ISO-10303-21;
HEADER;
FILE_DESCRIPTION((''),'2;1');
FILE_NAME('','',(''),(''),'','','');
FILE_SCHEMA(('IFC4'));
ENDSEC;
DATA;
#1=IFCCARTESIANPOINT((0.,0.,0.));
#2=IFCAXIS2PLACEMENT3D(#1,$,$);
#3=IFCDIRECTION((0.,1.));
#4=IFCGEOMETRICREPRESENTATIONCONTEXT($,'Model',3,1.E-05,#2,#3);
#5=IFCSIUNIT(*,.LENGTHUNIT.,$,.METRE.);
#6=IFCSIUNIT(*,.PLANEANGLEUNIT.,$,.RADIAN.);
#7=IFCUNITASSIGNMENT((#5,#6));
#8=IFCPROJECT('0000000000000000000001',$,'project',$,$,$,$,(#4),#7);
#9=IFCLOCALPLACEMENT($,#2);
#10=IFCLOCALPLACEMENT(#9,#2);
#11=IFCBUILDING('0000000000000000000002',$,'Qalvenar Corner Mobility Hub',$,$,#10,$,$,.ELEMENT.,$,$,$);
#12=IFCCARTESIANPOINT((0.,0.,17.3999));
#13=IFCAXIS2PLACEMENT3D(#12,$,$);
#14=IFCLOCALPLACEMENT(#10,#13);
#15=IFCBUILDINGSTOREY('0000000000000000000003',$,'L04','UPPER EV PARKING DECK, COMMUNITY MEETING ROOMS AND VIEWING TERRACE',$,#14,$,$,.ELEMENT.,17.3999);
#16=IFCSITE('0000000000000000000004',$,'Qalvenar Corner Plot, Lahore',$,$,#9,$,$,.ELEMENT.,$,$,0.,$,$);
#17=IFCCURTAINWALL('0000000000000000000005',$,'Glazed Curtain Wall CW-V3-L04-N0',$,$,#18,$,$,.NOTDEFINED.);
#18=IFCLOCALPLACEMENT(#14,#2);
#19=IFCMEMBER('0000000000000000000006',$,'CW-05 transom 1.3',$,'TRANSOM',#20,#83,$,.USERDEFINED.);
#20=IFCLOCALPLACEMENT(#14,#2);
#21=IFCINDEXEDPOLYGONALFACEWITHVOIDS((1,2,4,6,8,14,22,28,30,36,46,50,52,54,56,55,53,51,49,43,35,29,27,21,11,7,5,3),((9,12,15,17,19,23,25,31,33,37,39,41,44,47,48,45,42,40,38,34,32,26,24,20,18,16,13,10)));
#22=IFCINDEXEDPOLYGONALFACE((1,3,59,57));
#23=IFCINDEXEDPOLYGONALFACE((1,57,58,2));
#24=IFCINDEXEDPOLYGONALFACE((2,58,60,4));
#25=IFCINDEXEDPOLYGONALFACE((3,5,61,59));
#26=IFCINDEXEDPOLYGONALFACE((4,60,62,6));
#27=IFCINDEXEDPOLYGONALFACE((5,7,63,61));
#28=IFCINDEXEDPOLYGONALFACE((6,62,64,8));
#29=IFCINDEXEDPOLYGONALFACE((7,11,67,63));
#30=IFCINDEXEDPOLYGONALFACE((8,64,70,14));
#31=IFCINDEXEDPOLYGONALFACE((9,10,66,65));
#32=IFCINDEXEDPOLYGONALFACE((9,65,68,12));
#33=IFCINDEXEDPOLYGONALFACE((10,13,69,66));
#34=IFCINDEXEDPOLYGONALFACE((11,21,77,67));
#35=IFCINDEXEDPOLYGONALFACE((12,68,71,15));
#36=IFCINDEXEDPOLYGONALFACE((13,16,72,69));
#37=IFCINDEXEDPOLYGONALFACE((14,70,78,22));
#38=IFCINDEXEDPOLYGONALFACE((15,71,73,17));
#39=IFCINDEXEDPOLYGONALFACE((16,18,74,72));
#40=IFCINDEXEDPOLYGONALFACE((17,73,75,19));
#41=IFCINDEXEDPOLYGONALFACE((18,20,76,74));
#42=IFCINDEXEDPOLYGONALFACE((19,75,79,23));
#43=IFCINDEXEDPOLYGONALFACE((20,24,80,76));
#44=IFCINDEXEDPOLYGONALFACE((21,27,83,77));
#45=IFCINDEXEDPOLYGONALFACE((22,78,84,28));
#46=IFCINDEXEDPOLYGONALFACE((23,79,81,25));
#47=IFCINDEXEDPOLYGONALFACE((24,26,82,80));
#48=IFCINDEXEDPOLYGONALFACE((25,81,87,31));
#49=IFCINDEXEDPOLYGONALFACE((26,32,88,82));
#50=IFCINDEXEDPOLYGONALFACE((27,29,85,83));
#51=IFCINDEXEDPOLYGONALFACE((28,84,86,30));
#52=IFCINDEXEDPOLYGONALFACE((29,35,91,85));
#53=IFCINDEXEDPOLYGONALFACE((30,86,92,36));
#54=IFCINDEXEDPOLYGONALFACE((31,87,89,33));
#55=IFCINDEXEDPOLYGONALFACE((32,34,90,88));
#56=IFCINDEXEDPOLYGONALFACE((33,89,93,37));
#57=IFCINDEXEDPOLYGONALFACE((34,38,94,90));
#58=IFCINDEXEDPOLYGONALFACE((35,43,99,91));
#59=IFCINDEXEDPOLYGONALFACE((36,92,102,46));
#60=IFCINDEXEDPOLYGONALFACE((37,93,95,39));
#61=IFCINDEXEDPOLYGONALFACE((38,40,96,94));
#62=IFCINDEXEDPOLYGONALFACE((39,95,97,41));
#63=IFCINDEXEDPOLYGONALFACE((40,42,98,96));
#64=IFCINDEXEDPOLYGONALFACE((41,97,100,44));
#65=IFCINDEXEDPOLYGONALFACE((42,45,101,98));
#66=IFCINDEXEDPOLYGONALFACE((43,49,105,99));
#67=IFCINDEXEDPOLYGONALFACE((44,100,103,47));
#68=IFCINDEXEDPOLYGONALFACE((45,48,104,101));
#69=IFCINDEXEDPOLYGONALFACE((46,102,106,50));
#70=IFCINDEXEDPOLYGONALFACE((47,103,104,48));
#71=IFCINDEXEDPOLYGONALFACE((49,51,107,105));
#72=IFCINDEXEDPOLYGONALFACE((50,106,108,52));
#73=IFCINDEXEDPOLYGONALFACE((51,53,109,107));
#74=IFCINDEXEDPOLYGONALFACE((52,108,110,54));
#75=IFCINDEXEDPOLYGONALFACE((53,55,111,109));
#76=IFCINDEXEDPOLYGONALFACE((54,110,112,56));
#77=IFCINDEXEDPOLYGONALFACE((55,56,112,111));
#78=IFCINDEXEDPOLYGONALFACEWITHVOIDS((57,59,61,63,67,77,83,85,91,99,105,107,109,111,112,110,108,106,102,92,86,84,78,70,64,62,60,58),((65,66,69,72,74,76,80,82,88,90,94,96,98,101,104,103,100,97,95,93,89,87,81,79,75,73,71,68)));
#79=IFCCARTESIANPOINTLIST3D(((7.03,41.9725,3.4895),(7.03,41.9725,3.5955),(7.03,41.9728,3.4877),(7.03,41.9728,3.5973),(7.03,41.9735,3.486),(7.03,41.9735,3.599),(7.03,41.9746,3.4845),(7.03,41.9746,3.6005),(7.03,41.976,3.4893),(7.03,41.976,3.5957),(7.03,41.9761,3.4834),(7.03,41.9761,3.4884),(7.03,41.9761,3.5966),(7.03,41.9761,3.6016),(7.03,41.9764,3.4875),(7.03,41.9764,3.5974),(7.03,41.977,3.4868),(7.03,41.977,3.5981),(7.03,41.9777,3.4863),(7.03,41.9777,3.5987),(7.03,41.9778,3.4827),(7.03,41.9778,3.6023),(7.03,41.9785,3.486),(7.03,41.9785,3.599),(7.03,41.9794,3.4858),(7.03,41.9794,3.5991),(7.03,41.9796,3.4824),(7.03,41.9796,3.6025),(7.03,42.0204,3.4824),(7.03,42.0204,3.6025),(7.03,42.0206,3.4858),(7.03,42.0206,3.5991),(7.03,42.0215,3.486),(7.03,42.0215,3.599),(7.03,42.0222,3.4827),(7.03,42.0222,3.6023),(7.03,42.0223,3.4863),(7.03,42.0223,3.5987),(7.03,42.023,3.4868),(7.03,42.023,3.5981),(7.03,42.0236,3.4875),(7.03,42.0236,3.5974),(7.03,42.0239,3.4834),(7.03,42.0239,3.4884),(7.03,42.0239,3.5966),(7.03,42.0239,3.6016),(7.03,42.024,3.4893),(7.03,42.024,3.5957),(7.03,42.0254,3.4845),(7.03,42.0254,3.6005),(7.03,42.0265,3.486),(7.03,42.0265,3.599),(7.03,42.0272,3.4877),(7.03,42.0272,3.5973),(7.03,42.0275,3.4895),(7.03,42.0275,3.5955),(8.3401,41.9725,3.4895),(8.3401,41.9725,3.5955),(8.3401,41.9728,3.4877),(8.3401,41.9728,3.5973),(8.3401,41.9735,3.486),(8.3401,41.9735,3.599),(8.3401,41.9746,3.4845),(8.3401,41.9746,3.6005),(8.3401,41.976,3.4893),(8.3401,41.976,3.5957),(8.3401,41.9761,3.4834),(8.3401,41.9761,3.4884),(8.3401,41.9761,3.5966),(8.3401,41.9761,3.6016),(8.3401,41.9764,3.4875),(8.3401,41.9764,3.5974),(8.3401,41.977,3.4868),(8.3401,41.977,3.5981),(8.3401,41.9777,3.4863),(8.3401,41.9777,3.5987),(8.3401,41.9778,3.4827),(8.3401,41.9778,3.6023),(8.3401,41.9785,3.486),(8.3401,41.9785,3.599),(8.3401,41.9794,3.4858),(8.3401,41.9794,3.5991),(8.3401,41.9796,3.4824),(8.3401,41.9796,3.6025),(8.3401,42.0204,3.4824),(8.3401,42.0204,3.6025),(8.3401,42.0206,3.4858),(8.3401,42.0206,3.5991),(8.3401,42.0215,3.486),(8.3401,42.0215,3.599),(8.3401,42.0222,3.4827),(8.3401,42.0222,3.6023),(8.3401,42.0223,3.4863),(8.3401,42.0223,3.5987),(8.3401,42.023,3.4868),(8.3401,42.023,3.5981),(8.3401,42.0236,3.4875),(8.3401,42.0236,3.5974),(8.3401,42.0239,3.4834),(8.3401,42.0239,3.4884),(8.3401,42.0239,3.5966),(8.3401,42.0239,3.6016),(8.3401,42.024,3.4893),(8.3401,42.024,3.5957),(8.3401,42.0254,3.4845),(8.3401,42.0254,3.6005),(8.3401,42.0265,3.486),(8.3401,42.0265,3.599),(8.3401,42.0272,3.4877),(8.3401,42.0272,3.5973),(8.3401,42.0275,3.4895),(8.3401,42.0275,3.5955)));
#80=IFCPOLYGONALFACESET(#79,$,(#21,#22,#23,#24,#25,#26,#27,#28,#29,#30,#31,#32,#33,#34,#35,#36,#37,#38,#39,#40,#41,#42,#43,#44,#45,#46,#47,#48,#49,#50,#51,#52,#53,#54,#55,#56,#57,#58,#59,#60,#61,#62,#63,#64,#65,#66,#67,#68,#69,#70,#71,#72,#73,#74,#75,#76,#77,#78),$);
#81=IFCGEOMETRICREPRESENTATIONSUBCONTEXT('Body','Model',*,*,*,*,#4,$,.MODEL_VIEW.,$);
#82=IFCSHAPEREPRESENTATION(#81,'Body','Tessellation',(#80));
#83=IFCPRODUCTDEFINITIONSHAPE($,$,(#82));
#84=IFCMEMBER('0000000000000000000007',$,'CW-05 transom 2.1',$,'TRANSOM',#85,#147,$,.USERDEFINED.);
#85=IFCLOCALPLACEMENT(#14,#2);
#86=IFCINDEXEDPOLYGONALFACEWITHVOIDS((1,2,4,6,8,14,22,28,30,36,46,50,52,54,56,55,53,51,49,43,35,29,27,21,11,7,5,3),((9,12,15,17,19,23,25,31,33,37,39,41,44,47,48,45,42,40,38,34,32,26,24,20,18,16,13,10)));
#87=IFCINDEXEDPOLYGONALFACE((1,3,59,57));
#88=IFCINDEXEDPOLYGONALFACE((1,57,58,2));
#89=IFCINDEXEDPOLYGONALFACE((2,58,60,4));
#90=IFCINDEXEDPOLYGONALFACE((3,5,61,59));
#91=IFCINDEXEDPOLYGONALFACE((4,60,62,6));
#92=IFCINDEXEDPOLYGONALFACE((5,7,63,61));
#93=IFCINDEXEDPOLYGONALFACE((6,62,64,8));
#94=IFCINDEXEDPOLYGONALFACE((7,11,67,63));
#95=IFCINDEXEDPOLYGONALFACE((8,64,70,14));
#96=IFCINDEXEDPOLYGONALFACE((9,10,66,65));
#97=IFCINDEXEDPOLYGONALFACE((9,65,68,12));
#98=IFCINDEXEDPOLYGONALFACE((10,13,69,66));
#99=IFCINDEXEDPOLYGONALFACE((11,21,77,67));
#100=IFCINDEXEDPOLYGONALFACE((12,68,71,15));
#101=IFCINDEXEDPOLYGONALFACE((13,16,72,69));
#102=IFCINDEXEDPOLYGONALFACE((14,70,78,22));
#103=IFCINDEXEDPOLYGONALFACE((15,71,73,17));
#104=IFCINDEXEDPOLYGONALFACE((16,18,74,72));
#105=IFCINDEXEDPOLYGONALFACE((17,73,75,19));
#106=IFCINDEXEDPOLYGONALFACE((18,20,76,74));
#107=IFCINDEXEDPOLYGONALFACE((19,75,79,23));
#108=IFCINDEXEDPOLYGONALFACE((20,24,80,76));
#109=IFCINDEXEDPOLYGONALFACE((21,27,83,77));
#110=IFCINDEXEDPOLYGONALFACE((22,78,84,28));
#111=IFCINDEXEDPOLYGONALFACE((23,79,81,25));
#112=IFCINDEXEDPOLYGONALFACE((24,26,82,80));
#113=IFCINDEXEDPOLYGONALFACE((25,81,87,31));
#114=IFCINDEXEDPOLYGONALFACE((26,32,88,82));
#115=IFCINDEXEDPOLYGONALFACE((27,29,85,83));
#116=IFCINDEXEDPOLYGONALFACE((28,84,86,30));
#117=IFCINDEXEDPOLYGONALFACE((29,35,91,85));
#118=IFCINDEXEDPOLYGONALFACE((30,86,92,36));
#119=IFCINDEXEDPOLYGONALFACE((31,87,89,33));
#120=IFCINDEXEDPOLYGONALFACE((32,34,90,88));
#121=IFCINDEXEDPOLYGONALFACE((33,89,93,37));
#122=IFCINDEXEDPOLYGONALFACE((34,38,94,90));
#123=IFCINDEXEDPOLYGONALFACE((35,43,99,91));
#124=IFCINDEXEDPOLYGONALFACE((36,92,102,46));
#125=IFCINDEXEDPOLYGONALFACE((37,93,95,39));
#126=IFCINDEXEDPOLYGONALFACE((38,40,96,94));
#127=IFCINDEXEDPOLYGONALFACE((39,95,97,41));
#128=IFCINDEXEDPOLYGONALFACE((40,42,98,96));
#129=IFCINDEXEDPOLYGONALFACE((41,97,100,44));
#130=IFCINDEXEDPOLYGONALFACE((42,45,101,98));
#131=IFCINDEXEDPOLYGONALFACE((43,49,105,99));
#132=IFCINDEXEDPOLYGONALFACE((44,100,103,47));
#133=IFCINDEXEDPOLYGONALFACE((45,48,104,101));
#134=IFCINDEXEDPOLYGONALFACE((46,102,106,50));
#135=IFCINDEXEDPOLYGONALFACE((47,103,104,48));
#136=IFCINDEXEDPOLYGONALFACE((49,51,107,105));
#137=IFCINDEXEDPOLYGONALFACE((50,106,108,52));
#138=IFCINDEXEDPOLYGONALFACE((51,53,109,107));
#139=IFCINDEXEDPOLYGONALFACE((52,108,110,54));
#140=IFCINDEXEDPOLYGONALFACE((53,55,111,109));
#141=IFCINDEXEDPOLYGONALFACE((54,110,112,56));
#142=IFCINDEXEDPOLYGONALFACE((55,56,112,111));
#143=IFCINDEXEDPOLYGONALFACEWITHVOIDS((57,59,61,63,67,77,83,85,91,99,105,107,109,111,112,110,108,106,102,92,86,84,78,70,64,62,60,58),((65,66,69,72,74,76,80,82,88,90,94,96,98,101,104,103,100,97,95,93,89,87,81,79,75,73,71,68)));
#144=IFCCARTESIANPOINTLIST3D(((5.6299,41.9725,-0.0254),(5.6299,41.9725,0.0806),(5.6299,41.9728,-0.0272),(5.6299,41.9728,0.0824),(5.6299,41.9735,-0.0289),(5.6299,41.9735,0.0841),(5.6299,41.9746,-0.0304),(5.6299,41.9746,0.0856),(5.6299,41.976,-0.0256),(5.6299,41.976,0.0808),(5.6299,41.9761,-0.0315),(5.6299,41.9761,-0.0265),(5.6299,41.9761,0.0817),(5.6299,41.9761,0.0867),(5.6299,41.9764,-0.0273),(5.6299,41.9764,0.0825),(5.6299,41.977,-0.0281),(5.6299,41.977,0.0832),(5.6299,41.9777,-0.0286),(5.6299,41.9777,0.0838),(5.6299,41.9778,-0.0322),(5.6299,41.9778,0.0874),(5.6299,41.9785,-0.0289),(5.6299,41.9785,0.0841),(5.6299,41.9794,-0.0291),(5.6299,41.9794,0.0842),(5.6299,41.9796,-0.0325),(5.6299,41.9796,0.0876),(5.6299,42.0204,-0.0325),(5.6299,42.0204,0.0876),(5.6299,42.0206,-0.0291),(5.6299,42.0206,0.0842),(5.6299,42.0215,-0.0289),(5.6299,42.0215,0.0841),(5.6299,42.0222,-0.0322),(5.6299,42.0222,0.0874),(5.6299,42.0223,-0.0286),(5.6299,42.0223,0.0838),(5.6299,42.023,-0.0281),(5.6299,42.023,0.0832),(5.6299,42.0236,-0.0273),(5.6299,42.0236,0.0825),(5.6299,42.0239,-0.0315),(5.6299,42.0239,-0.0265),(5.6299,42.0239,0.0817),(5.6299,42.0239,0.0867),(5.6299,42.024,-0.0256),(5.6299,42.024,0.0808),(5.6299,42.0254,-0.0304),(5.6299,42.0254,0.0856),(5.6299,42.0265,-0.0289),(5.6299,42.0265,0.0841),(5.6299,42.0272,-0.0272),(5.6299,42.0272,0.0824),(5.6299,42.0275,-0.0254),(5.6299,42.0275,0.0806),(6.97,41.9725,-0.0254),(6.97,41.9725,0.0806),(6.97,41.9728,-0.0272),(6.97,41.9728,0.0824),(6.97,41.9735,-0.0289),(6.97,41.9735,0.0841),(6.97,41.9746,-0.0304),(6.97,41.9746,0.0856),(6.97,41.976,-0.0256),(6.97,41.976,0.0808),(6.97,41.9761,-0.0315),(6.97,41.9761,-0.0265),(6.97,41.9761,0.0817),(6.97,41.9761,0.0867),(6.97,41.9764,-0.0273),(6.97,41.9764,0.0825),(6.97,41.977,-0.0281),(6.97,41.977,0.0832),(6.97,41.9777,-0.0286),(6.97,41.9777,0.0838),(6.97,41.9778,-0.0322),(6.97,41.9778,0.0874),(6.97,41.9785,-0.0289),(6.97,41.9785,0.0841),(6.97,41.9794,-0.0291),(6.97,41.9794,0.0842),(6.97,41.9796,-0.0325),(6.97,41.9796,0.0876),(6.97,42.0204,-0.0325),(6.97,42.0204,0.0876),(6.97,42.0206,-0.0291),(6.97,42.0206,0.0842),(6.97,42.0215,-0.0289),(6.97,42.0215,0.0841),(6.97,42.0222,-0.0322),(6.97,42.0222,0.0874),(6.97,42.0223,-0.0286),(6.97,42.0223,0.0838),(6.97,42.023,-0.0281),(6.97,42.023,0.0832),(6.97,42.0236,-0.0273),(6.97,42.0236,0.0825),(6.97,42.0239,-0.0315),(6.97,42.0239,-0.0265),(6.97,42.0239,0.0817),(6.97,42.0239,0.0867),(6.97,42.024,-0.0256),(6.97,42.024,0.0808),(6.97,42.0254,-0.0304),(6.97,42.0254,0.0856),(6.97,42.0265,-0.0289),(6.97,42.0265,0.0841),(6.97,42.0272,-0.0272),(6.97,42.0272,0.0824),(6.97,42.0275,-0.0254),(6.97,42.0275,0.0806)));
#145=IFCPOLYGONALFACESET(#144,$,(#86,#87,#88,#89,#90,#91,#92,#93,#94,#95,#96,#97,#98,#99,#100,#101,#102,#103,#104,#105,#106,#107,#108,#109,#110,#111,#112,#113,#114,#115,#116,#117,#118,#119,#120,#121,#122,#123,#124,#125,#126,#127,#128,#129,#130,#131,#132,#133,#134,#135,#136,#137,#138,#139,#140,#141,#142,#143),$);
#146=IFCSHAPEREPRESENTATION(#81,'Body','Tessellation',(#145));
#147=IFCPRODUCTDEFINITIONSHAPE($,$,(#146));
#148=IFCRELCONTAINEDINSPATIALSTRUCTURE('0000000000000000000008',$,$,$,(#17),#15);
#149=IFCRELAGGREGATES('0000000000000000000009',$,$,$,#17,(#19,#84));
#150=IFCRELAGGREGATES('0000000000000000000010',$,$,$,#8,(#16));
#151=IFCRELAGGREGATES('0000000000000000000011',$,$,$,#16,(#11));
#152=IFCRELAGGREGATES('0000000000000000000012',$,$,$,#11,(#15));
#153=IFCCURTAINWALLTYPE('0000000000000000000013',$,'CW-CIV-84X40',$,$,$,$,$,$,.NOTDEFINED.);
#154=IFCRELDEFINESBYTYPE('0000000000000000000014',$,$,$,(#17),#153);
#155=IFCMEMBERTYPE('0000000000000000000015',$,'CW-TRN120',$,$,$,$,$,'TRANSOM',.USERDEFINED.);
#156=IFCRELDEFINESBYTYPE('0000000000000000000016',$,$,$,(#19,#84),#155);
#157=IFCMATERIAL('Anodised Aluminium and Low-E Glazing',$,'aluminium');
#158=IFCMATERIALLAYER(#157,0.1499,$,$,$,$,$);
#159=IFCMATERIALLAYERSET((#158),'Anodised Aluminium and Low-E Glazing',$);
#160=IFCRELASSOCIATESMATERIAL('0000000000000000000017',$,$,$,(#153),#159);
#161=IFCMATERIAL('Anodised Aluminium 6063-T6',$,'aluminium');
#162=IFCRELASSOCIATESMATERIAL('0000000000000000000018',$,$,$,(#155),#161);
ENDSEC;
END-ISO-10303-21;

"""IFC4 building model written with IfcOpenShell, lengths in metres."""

from ifc_helpers import new_model, si_unit, direction, frame, origin, origin_2d, place, context, subcontext, project, spatial, hollow_rectangle, extrude, material, layer, layer_set, material_profile, profile_set, type_object, element, aggregate, save


model = new_model("IFC4")

# Units and contexts
model_context = context("Model", 3, precision=1e-05, world=origin(), true_north=direction((0.0, 1.0)))
body_context = subcontext(model_context, "Body", "Model", "MODEL_VIEW")
ifc_project = project(units=[si_unit("LENGTHUNIT", "METRE"), si_unit("PLANEANGLEUNIT", "RADIAN")], contexts=[model_context])

# Site, building, storey
site_placement = place(None, origin())
site = spatial("IfcSite", under=ifc_project, at=site_placement, Name="Qalvenar Corner Plot, Lahore", CompositionType="ELEMENT", RefElevation=0.0)
building_placement = place(site_placement, origin())
building = spatial("IfcBuilding", under=site, at=building_placement, Name="Qalvenar Corner Mobility Hub", CompositionType="ELEMENT")
storey_placement = place(building_placement, frame((0.0, 0.0, 17.3999)))
storey = spatial("IfcBuildingStorey", under=building, at=storey_placement, Name="L04", Description="UPPER EV PARKING DECK, COMMUNITY MEETING ROOMS AND VIEWING TERRACE", CompositionType="ELEMENT", Elevation=17.3999)

# Curtain wall, members
ifc_material_1 = material(Name="Anodised Aluminium and Low-E Glazing", Category="aluminium")
ifc_layer_1 = layer(ifc_material_1, 0.1499)
ifc_layer_set_1 = layer_set([ifc_layer_1], Name="Anodised Aluminium and Low-E Glazing")
curtain_wall_type = type_object("IfcCurtainWallType", Name="CW-CIV-84X40", PredefinedType="NOTDEFINED", material=ifc_layer_set_1)
curtain_wall_placement = place(storey_placement, origin())
curtain_wall = element("IfcCurtainWall", 1, at=curtain_wall_placement, inside=storey, type_object=curtain_wall_type, Name="Glazed Curtain Wall CW-V3-L04-N0", PredefinedType="NOTDEFINED")
ifc_material_2 = material(Name="Anodised Aluminium 6063-T6", Category="aluminium")
ifc_material_profile_1 = material_profile(ifc_material_2, hollow_rectangle(XDim=0.0549, YDim=0.1201, WallThickness=0.0034, InnerFilletRadius=0.0034, OuterFilletRadius=0.0071, at=origin_2d()), Name="RHS120x55x3.5")
ifc_profile_set_1 = profile_set([ifc_material_profile_1], Name="Anodised Aluminium 6063-T6")
member_type_1 = type_object("IfcMemberType", Name="CW-TRN120", ElementType="TRANSOM", PredefinedType="USERDEFINED", material=ifc_profile_set_1)
member_1_placement = place(storey_placement, frame((8.3401, 42.0, 3.5425), z_axis=(-1.0, 0.0, 0.0), x_axis=(0.0, -1.0, 0.0)))
member_1 = element("IfcMember", 2, at=member_1_placement, type_object=member_type_1, Name="CW-05 transom 1.3", ObjectType="TRANSOM", PredefinedType="USERDEFINED", context=body_context, shape_type="SweptSolid", body=[
    extrude(hollow_rectangle(XDim=0.0549, YDim=0.1201, WallThickness=0.0034, InnerFilletRadius=0.0034, OuterFilletRadius=0.0071, at=origin_2d()), origin(), (0.0, 0.0, 1.0), 1.3101),
])
member_2_placement = place(storey_placement, frame((6.97, 42.0, 0.0276), z_axis=(-1.0, 0.0, 0.0), x_axis=(0.0, -1.0, 0.0)))
member_2 = element("IfcMember", 3, at=member_2_placement, type_object=member_type_1, Name="CW-05 transom 2.1", ObjectType="TRANSOM", PredefinedType="USERDEFINED", context=body_context, shape_type="SweptSolid", body=[
    extrude(hollow_rectangle(XDim=0.0549, YDim=0.1201, WallThickness=0.0034, InnerFilletRadius=0.0034, OuterFilletRadius=0.0071, at=origin_2d()), origin(), (0.0, 0.0, 1.0), 1.3401),
])
aggregate(curtain_wall, [member_1, member_2])

save(model, "model.ifc")
